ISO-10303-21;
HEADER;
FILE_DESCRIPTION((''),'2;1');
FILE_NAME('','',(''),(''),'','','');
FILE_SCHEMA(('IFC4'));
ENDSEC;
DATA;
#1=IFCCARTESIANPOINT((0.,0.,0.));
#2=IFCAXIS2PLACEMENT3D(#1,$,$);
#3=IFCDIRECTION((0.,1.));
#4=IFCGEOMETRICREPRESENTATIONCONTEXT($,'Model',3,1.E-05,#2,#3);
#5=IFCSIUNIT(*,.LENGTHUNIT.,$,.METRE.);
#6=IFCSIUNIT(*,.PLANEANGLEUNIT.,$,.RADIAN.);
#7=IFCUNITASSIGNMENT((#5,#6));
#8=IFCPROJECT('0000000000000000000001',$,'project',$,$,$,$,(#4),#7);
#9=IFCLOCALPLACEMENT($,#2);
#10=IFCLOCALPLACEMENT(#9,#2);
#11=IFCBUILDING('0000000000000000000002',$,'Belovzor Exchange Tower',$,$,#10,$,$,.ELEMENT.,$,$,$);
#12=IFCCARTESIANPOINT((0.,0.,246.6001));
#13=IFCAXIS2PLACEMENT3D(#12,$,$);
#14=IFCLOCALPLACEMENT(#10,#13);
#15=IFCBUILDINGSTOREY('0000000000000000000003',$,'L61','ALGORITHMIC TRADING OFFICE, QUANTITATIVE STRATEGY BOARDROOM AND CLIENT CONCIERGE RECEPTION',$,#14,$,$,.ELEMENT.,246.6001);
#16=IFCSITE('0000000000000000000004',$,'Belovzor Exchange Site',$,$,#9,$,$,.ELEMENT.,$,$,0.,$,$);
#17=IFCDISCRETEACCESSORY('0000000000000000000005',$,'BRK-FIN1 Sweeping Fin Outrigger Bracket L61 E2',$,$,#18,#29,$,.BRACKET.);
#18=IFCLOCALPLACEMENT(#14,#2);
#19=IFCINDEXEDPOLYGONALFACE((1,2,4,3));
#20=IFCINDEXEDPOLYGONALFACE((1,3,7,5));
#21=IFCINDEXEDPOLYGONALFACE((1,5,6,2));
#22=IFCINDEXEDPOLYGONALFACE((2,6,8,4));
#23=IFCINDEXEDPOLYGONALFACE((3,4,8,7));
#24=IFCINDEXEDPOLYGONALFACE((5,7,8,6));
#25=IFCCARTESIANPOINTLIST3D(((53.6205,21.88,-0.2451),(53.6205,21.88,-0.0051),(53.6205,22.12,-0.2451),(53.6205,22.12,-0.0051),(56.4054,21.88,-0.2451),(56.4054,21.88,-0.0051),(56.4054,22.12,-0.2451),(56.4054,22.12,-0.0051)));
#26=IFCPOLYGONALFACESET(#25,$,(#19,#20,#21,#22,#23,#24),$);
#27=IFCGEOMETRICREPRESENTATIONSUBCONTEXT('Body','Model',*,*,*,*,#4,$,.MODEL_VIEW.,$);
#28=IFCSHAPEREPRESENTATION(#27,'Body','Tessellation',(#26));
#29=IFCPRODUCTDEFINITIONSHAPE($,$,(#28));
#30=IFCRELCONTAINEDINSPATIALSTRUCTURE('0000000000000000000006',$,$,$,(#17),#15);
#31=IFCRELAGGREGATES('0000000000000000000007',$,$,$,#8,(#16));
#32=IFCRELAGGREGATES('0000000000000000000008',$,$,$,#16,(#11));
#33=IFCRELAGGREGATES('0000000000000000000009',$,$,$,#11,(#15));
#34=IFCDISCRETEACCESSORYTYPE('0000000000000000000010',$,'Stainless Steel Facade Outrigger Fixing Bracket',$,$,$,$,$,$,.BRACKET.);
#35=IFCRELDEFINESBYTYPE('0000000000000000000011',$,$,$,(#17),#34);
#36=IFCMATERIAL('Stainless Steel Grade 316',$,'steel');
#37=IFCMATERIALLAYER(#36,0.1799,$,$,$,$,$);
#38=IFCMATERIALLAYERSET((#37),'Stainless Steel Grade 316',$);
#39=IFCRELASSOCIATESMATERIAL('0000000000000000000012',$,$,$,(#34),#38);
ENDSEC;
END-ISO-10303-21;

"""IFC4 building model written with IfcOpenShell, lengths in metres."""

from ifc_helpers import new_model, si_unit, direction, frame, origin, origin_2d, place, context, subcontext, project, spatial, rectangle, extrude, material, layer, layer_set, type_object, element, save


model = new_model("IFC4")

# Units and contexts
model_context = context("Model", 3, precision=1e-05, world=origin(), true_north=direction((0.0, 1.0)))
body_context = subcontext(model_context, "Body", "Model", "MODEL_VIEW")
ifc_project = project(units=[si_unit("LENGTHUNIT", "METRE"), si_unit("PLANEANGLEUNIT", "RADIAN")], contexts=[model_context])

# Site, building, storey
site_placement = place(None, origin())
site = spatial("IfcSite", under=ifc_project, at=site_placement, Name="Belovzor Exchange Site", CompositionType="ELEMENT", RefElevation=0.0)
building_placement = place(site_placement, origin())
building = spatial("IfcBuilding", under=site, at=building_placement, Name="Belovzor Exchange Tower", CompositionType="ELEMENT")
storey_placement = place(building_placement, frame((0.0, 0.0, 246.6001)))
storey = spatial("IfcBuildingStorey", under=building, at=storey_placement, Name="L61", Description="ALGORITHMIC TRADING OFFICE, QUANTITATIVE STRATEGY BOARDROOM AND CLIENT CONCIERGE RECEPTION", CompositionType="ELEMENT", Elevation=246.6001)

# Discrete accessory
ifc_material_1 = material(Name="Stainless Steel Grade 316", Category="steel")
ifc_layer_1 = layer(ifc_material_1, 0.1799)
ifc_layer_set_1 = layer_set([ifc_layer_1], Name="Stainless Steel Grade 316")
discrete_accessory_type = type_object("IfcDiscreteAccessoryType", Name="Stainless Steel Facade Outrigger Fixing Bracket", PredefinedType="BRACKET", material=ifc_layer_set_1)
discrete_accessory_placement = place(storey_placement, frame((55.0129, 22.0, -0.2451), z_axis=(0.0, 0.0, 1.0), x_axis=(1.0, 0.0, 0.0)))
element("IfcDiscreteAccessory", 1, at=discrete_accessory_placement, inside=storey, type_object=discrete_accessory_type, Name="BRK-FIN1 Sweeping Fin Outrigger Bracket L61 E2", PredefinedType="BRACKET", context=body_context, shape_type="SweptSolid", body=[
    extrude(rectangle(XDim=2.7849, YDim=0.24, at=origin_2d()), origin(), (0.0, 0.0, 1.0), 0.24),
])

save(model, "model.ifc")
